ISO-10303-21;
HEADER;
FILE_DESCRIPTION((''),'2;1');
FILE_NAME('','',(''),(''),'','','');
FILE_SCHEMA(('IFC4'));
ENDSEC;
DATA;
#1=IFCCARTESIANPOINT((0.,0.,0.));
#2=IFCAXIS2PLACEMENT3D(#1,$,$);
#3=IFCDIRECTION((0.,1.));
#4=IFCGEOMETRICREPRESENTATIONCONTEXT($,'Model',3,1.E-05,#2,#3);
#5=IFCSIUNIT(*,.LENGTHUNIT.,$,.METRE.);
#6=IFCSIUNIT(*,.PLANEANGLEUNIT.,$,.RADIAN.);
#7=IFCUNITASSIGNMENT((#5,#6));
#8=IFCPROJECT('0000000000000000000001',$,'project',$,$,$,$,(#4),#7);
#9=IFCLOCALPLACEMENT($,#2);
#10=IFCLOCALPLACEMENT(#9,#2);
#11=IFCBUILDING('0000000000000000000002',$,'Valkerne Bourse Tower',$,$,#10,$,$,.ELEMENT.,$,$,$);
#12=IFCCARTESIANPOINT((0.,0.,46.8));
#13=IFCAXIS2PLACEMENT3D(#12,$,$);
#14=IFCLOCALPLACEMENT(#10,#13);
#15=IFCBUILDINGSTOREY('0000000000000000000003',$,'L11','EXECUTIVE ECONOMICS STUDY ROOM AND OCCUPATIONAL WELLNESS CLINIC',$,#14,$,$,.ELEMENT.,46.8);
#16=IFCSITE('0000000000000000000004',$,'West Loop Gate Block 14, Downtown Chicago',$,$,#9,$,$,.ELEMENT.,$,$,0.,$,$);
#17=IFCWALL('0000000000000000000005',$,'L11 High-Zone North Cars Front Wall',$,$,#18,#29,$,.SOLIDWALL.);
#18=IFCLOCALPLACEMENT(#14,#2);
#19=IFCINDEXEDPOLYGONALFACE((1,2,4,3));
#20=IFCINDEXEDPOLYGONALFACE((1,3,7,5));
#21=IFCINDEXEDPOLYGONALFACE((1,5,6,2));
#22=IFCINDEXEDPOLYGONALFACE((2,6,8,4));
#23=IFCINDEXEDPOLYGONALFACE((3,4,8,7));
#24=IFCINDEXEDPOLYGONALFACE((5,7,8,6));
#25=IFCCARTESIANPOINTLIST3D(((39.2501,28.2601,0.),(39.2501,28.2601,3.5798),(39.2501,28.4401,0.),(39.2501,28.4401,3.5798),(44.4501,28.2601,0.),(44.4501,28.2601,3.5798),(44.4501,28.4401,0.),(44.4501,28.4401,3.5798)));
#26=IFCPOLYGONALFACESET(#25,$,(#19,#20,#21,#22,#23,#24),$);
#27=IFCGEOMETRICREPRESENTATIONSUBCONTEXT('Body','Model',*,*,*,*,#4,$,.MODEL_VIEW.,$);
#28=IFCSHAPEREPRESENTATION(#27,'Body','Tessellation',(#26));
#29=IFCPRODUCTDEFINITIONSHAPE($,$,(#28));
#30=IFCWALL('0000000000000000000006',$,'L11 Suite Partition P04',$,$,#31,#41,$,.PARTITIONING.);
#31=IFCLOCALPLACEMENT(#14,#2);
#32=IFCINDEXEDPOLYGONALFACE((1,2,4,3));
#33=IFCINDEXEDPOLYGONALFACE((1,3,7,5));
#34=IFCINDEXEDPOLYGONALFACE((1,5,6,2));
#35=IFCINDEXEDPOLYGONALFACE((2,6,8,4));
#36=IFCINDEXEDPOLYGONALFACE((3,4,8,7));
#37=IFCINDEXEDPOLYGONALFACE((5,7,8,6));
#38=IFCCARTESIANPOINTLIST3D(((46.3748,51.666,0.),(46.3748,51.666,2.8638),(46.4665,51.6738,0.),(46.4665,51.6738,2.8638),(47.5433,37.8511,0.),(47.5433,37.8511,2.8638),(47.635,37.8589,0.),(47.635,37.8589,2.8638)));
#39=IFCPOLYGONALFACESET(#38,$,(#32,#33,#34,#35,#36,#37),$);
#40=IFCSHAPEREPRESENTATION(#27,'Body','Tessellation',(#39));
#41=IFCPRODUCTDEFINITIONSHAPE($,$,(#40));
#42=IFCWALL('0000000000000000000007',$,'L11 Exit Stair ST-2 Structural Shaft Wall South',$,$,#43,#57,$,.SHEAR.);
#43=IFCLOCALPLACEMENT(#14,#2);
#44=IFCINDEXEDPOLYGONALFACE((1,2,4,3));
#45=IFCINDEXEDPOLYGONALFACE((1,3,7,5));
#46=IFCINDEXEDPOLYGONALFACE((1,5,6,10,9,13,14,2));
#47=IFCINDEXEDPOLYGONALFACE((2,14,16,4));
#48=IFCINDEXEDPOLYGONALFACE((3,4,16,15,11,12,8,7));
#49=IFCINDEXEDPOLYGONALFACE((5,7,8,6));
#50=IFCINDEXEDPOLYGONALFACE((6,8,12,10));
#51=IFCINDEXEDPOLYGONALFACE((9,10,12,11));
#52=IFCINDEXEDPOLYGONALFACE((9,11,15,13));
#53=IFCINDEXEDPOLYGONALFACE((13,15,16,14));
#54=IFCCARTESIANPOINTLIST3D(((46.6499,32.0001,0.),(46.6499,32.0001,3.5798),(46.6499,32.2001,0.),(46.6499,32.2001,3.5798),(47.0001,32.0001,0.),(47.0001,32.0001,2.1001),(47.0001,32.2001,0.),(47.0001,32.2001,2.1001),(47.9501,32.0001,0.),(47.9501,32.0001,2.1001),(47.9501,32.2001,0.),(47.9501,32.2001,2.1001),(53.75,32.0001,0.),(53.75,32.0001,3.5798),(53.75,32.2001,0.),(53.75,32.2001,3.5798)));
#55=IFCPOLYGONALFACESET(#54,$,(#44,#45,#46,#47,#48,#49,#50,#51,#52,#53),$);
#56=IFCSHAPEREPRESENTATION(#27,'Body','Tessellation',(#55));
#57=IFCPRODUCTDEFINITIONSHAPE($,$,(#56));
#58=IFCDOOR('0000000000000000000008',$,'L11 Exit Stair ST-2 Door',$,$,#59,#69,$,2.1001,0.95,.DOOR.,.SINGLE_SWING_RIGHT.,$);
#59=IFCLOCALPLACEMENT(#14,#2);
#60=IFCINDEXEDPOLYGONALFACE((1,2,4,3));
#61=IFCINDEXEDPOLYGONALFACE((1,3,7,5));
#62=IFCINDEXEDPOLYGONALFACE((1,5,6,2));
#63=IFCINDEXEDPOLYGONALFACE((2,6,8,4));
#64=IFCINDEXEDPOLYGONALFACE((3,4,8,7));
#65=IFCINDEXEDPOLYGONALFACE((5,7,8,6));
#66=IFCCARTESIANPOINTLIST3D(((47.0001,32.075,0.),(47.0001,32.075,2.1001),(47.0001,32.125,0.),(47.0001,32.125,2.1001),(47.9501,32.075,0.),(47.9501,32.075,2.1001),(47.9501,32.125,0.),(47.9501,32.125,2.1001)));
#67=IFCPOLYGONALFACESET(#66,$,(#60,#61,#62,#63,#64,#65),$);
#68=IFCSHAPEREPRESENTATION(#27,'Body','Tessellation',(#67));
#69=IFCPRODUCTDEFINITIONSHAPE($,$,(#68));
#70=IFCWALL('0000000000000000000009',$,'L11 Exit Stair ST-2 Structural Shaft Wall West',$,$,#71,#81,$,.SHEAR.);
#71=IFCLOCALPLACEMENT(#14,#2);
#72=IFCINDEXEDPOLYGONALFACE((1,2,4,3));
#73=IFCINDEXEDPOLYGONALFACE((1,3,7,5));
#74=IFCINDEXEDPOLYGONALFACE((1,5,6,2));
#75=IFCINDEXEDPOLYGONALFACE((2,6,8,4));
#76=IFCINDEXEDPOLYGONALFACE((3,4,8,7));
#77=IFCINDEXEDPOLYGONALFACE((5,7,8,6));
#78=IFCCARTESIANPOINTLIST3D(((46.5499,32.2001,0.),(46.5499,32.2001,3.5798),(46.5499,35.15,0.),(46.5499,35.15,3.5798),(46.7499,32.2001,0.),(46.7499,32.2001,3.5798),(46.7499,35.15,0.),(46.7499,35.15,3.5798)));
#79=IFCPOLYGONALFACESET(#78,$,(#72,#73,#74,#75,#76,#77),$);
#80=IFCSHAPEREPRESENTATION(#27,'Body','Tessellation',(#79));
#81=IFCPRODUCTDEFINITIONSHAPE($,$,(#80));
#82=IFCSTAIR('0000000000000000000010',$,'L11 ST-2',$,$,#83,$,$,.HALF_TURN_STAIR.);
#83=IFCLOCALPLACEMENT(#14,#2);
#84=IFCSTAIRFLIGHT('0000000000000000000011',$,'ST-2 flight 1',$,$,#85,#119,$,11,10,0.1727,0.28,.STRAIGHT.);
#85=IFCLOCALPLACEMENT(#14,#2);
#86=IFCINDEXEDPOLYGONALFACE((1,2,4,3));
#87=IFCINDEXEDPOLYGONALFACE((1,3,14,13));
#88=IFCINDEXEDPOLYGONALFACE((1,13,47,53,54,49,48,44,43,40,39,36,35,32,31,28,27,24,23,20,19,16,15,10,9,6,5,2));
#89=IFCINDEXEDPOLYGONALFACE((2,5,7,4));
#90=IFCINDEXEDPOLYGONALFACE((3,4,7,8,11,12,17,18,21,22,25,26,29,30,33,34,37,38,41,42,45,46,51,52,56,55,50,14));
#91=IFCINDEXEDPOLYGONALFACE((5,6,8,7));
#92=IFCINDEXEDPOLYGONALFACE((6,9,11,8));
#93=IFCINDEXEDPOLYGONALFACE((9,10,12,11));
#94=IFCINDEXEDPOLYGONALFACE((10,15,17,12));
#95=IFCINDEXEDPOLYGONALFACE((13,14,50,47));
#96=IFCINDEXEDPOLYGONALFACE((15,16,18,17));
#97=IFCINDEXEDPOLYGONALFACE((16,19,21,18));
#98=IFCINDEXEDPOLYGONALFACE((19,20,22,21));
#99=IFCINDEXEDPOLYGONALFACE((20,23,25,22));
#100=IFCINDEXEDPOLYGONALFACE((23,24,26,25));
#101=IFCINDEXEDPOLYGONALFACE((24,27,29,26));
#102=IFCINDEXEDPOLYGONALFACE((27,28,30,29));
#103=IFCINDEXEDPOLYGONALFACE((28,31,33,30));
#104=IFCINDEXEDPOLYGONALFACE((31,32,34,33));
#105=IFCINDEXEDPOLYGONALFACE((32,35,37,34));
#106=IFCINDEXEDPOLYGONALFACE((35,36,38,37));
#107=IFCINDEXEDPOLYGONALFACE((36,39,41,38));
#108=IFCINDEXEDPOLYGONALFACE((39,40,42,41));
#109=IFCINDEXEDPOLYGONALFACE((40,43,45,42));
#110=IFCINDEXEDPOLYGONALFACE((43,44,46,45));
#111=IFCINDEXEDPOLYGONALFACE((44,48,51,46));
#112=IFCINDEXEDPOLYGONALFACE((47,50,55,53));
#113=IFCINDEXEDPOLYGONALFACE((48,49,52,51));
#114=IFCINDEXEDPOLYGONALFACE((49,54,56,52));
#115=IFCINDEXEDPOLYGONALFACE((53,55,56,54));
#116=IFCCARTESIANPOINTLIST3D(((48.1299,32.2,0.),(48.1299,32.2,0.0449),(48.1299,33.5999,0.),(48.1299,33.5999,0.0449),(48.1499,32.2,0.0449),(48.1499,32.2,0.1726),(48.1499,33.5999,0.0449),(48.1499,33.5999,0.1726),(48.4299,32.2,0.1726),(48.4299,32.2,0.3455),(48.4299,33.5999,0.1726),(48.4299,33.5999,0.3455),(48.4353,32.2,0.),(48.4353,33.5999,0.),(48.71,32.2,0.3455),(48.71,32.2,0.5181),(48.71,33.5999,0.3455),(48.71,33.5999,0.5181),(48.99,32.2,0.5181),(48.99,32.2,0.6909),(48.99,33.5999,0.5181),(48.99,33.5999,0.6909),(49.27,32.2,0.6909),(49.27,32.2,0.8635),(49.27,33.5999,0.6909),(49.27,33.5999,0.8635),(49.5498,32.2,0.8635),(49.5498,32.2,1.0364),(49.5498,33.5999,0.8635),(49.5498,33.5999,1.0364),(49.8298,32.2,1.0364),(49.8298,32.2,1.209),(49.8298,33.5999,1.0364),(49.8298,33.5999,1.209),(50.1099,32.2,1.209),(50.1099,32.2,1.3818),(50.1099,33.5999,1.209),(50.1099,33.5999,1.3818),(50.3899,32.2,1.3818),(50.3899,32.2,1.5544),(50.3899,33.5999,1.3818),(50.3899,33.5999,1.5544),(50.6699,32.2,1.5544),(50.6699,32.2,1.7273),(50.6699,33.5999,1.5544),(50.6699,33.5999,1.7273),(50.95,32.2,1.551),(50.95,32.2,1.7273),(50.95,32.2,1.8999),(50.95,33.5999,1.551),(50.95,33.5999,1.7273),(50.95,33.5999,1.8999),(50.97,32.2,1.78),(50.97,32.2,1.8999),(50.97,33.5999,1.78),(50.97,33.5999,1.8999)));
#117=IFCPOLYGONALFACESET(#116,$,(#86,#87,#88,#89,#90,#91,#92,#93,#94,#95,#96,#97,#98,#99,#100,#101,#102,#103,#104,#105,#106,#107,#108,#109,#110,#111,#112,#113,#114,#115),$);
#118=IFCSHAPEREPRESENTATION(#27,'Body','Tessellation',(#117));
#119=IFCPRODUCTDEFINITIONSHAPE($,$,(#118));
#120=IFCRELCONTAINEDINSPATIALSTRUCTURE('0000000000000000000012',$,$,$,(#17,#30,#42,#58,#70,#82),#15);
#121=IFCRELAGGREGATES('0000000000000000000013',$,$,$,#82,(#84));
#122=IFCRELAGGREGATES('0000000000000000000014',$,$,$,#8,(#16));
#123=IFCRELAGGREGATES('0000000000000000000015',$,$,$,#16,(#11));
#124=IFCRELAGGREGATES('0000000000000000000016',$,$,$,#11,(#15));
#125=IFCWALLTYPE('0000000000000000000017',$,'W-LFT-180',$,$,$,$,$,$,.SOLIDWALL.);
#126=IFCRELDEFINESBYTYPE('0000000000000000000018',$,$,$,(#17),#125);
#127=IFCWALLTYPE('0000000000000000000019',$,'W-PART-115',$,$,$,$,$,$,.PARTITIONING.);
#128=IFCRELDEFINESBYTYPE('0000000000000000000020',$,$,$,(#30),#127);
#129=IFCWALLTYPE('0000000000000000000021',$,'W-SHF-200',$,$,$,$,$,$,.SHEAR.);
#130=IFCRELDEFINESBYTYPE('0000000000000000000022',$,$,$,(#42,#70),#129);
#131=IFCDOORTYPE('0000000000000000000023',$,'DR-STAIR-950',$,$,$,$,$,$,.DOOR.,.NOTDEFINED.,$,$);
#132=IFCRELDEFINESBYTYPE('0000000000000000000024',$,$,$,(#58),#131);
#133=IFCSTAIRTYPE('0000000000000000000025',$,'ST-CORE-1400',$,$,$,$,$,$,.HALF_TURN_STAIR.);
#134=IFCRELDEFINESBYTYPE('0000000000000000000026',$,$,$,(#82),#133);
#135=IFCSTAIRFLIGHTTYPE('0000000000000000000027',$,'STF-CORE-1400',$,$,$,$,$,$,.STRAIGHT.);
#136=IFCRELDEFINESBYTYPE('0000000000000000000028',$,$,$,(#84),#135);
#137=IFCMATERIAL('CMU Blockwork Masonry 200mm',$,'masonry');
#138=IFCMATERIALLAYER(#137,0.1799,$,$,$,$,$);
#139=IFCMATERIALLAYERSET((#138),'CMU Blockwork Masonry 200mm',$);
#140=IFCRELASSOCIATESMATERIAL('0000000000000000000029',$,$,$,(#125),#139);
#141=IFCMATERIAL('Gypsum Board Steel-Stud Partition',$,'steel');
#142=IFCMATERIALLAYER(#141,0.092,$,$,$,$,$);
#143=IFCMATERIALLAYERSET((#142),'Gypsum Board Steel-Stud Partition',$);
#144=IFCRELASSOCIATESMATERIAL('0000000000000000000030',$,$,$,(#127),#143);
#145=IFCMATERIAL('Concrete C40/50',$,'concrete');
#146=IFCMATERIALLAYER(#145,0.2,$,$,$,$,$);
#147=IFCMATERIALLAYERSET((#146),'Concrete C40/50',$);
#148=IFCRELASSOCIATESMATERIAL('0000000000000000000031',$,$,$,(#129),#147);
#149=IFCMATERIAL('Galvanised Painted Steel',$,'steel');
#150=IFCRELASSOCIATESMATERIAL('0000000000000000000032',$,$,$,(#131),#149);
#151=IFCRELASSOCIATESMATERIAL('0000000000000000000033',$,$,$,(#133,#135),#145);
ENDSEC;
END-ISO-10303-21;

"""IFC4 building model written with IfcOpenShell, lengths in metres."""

from ifc_helpers import new_model, si_unit, direction, frame, frame_2d, origin, place, context, subcontext, project, spatial, polyline, rectangle, outline, extrude, material, layer, layer_set, type_object, element, fill, aggregate, save


model = new_model("IFC4")

# Units and contexts
model_context = context("Model", 3, precision=1e-05, world=origin(), true_north=direction((0.0, 1.0)))
body_context = subcontext(model_context, "Body", "Model", "MODEL_VIEW")
ifc_project = project(units=[si_unit("LENGTHUNIT", "METRE"), si_unit("PLANEANGLEUNIT", "RADIAN")], contexts=[model_context])

# Site, building, storey
site_placement = place(None, origin())
site = spatial("IfcSite", under=ifc_project, at=site_placement, Name="West Loop Gate Block 14, Downtown Chicago", CompositionType="ELEMENT", RefElevation=0.0)
building_placement = place(site_placement, origin())
building = spatial("IfcBuilding", under=site, at=building_placement, Name="Valkerne Bourse Tower", CompositionType="ELEMENT")
storey_placement = place(building_placement, frame((0.0, 0.0, 46.8)))
storey = spatial("IfcBuildingStorey", under=building, at=storey_placement, Name="L11", Description="EXECUTIVE ECONOMICS STUDY ROOM AND OCCUPATIONAL WELLNESS CLINIC", CompositionType="ELEMENT", Elevation=46.8)

# Shared definitions
ifc_material_1 = material(Name="Galvanised Painted Steel", Category="steel")

# Walls
ifc_material_2 = material(Name="CMU Blockwork Masonry 200mm", Category="masonry")
ifc_layer_1 = layer(ifc_material_2, 0.1799)
ifc_layer_set_1 = layer_set([ifc_layer_1], Name="CMU Blockwork Masonry 200mm")
wall_type_1 = type_object("IfcWallType", Name="W-LFT-180", PredefinedType="SOLIDWALL", material=ifc_layer_set_1)
for number, where, z_axis, x_axis, name in (
    (1, (39.25, 28.3501, 0.0), (0.0, 0.0, 1.0), (1.0, 0.0, 0.0), "L11 High-Zone North Cars Front Wall"),
):
    element("IfcWall", number, at=place(storey_placement, frame(where, z_axis=z_axis, x_axis=x_axis)), inside=storey, type_object=wall_type_1, Name=name, PredefinedType="SOLIDWALL", context=body_context, shape_type="SweptSolid", body=[
        extrude(rectangle(XDim=5.2, YDim=0.1799, at=frame_2d((2.6001, 0.0))), origin(), (0.0, 0.0, 1.0), 3.5798),
    ])
ifc_material_3 = material(Name="Gypsum Board Steel-Stud Partition", Category="steel")
ifc_layer_2 = layer(ifc_material_3, 0.092)
ifc_layer_set_2 = layer_set([ifc_layer_2], Name="Gypsum Board Steel-Stud Partition")
wall_type_2 = type_object("IfcWallType", Name="W-PART-115", PredefinedType="PARTITIONING", material=ifc_layer_set_2)
wall_1_placement = place(storey_placement, frame((47.5891, 37.855, 0.0), z_axis=(0.0, 0.0, 1.0), x_axis=(-0.084278, 0.996442, 0.0)))
element("IfcWall", 2, at=wall_1_placement, inside=storey, type_object=wall_type_2, Name="L11 Suite Partition P04", PredefinedType="PARTITIONING", context=body_context, shape_type="SweptSolid", body=[
    extrude(rectangle(XDim=13.8643, YDim=0.092, at=frame_2d((6.9321, 0.0))), origin(), (0.0, 0.0, 1.0), 2.8638),
])

# Wall, opening, door
ifc_material_4 = material(Name="Concrete C40/50", Category="concrete")
ifc_layer_3 = layer(ifc_material_4, 0.2)
ifc_layer_set_3 = layer_set([ifc_layer_3], Name="Concrete C40/50")
wall_type_3 = type_object("IfcWallType", Name="W-SHF-200", PredefinedType="SHEAR", material=ifc_layer_set_3)
wall_2_placement = place(storey_placement, frame((46.6499, 32.1001, 0.0), z_axis=(0.0, 0.0, 1.0), x_axis=(1.0, 0.0, 0.0)))
wall_2 = element("IfcWall", 3, at=wall_2_placement, inside=storey, type_object=wall_type_3, Name="L11 Exit Stair ST-2 Structural Shaft Wall South", PredefinedType="SHEAR", context=body_context, shape_type="SweptSolid", body=[
    extrude(rectangle(XDim=7.1001, YDim=0.2, at=frame_2d((3.55, 0.0))), origin(), (0.0, 0.0, 1.0), 3.5798),
])
opening_1_placement = place(wall_2_placement, frame((0.3501, 0.0, 0.0)))
opening_1 = element("IfcOpeningElement", 4, at=opening_1_placement, cuts=wall_2, PredefinedType="OPENING", context=body_context, shape_type="SweptSolid", body=[
    extrude(rectangle(XDim=0.95, YDim=2.1001, at=frame_2d((0.4751, 1.05))), frame((0.0, 0.1099, 0.0), z_axis=(0.0, -1.0, 0.0), x_axis=(1.0, 0.0, 0.0)), (0.0, 0.0, 1.0), 0.22),
])
door_type_1 = type_object("IfcDoorType", Name="DR-STAIR-950", OperationType="NOTDEFINED", PredefinedType="DOOR", material=ifc_material_1)
door_1_placement = place(opening_1_placement, origin())
door_1 = element("IfcDoor", 5, at=door_1_placement, inside=storey, type_object=door_type_1, Name="L11 Exit Stair ST-2 Door", OperationType="SINGLE_SWING_RIGHT", OverallHeight=2.1001, OverallWidth=0.95, PredefinedType="DOOR", context=body_context, shape_type="SweptSolid", body=[
    extrude(rectangle(XDim=0.95, YDim=2.1001, at=frame_2d((0.4751, 1.05))), frame((0.0, 0.0249, 0.0), z_axis=(0.0, -1.0, 0.0), x_axis=(1.0, 0.0, 0.0)), (0.0, 0.0, 1.0), 0.05),
])
fill(opening_1, door_1)

# Wall
wall_3_placement = place(storey_placement, frame((46.6499, 32.2, 0.0), z_axis=(0.0, 0.0, 1.0), x_axis=(0.0, 1.0, 0.0)))
element("IfcWall", 6, at=wall_3_placement, inside=storey, type_object=wall_type_3, Name="L11 Exit Stair ST-2 Structural Shaft Wall West", PredefinedType="SHEAR", context=body_context, shape_type="SweptSolid", body=[
    extrude(rectangle(XDim=2.95, YDim=0.2, at=frame_2d((1.4751, 0.0))), origin(), (0.0, 0.0, 1.0), 3.5798),
])

# Stair, stair flight
stair_type = type_object("IfcStairType", Name="ST-CORE-1400", PredefinedType="HALF_TURN_STAIR", material=ifc_material_4)
stair_placement = place(storey_placement, origin())
stair = element("IfcStair", 7, at=stair_placement, inside=storey, type_object=stair_type, Name="L11 ST-2", PredefinedType="HALF_TURN_STAIR")
stair_flight_type = type_object("IfcStairFlightType", Name="STF-CORE-1400", PredefinedType="STRAIGHT", material=ifc_material_4)
stair_flight_placement = place(storey_placement, frame((48.1499, 32.8999, 0.0), z_axis=(0.0, 0.0, 1.0), x_axis=(1.0, 0.0, 0.0)))
stair_flight = element("IfcStairFlight", 8, at=stair_flight_placement, type_object=stair_flight_type, Name="ST-2 flight 1", NumberOfRisers=11, NumberOfTreads=10, PredefinedType="STRAIGHT", RiserHeight=0.1727, TreadLength=0.28, context=body_context, shape_type="SweptSolid", body=[
    extrude(outline(polyline([(-0.02, 0.0), (-0.02, 0.0449), (0.0, 0.0449), (0.0, 0.1726), (0.28, 0.1726), (0.28, 0.3455), (0.5601, 0.3455), (0.5601, 0.5181), (0.8401, 0.5181), (0.8401, 0.6909), (1.1201, 0.6909), (1.1201, 0.8635), (1.3999, 0.8635), (1.3999, 1.0364), (1.6799, 1.0364), (1.6799, 1.209), (1.96, 1.209), (1.96, 1.3818), (2.24, 1.3818), (2.24, 1.5544), (2.52, 1.5544), (2.52, 1.7273), (2.8, 1.7273), (2.8, 1.8999), (2.8201, 1.8999), (2.8201, 1.78), (2.8, 1.551), (0.2854, 0.0), (-0.02, 0.0)])), frame((0.0, 0.7, 0.0), z_axis=(0.0, -1.0, 0.0), x_axis=(1.0, 0.0, 0.0)), (0.0, 0.0, 1.0), 1.3999),
])
aggregate(stair, [stair_flight])

save(model, "model.ifc")
